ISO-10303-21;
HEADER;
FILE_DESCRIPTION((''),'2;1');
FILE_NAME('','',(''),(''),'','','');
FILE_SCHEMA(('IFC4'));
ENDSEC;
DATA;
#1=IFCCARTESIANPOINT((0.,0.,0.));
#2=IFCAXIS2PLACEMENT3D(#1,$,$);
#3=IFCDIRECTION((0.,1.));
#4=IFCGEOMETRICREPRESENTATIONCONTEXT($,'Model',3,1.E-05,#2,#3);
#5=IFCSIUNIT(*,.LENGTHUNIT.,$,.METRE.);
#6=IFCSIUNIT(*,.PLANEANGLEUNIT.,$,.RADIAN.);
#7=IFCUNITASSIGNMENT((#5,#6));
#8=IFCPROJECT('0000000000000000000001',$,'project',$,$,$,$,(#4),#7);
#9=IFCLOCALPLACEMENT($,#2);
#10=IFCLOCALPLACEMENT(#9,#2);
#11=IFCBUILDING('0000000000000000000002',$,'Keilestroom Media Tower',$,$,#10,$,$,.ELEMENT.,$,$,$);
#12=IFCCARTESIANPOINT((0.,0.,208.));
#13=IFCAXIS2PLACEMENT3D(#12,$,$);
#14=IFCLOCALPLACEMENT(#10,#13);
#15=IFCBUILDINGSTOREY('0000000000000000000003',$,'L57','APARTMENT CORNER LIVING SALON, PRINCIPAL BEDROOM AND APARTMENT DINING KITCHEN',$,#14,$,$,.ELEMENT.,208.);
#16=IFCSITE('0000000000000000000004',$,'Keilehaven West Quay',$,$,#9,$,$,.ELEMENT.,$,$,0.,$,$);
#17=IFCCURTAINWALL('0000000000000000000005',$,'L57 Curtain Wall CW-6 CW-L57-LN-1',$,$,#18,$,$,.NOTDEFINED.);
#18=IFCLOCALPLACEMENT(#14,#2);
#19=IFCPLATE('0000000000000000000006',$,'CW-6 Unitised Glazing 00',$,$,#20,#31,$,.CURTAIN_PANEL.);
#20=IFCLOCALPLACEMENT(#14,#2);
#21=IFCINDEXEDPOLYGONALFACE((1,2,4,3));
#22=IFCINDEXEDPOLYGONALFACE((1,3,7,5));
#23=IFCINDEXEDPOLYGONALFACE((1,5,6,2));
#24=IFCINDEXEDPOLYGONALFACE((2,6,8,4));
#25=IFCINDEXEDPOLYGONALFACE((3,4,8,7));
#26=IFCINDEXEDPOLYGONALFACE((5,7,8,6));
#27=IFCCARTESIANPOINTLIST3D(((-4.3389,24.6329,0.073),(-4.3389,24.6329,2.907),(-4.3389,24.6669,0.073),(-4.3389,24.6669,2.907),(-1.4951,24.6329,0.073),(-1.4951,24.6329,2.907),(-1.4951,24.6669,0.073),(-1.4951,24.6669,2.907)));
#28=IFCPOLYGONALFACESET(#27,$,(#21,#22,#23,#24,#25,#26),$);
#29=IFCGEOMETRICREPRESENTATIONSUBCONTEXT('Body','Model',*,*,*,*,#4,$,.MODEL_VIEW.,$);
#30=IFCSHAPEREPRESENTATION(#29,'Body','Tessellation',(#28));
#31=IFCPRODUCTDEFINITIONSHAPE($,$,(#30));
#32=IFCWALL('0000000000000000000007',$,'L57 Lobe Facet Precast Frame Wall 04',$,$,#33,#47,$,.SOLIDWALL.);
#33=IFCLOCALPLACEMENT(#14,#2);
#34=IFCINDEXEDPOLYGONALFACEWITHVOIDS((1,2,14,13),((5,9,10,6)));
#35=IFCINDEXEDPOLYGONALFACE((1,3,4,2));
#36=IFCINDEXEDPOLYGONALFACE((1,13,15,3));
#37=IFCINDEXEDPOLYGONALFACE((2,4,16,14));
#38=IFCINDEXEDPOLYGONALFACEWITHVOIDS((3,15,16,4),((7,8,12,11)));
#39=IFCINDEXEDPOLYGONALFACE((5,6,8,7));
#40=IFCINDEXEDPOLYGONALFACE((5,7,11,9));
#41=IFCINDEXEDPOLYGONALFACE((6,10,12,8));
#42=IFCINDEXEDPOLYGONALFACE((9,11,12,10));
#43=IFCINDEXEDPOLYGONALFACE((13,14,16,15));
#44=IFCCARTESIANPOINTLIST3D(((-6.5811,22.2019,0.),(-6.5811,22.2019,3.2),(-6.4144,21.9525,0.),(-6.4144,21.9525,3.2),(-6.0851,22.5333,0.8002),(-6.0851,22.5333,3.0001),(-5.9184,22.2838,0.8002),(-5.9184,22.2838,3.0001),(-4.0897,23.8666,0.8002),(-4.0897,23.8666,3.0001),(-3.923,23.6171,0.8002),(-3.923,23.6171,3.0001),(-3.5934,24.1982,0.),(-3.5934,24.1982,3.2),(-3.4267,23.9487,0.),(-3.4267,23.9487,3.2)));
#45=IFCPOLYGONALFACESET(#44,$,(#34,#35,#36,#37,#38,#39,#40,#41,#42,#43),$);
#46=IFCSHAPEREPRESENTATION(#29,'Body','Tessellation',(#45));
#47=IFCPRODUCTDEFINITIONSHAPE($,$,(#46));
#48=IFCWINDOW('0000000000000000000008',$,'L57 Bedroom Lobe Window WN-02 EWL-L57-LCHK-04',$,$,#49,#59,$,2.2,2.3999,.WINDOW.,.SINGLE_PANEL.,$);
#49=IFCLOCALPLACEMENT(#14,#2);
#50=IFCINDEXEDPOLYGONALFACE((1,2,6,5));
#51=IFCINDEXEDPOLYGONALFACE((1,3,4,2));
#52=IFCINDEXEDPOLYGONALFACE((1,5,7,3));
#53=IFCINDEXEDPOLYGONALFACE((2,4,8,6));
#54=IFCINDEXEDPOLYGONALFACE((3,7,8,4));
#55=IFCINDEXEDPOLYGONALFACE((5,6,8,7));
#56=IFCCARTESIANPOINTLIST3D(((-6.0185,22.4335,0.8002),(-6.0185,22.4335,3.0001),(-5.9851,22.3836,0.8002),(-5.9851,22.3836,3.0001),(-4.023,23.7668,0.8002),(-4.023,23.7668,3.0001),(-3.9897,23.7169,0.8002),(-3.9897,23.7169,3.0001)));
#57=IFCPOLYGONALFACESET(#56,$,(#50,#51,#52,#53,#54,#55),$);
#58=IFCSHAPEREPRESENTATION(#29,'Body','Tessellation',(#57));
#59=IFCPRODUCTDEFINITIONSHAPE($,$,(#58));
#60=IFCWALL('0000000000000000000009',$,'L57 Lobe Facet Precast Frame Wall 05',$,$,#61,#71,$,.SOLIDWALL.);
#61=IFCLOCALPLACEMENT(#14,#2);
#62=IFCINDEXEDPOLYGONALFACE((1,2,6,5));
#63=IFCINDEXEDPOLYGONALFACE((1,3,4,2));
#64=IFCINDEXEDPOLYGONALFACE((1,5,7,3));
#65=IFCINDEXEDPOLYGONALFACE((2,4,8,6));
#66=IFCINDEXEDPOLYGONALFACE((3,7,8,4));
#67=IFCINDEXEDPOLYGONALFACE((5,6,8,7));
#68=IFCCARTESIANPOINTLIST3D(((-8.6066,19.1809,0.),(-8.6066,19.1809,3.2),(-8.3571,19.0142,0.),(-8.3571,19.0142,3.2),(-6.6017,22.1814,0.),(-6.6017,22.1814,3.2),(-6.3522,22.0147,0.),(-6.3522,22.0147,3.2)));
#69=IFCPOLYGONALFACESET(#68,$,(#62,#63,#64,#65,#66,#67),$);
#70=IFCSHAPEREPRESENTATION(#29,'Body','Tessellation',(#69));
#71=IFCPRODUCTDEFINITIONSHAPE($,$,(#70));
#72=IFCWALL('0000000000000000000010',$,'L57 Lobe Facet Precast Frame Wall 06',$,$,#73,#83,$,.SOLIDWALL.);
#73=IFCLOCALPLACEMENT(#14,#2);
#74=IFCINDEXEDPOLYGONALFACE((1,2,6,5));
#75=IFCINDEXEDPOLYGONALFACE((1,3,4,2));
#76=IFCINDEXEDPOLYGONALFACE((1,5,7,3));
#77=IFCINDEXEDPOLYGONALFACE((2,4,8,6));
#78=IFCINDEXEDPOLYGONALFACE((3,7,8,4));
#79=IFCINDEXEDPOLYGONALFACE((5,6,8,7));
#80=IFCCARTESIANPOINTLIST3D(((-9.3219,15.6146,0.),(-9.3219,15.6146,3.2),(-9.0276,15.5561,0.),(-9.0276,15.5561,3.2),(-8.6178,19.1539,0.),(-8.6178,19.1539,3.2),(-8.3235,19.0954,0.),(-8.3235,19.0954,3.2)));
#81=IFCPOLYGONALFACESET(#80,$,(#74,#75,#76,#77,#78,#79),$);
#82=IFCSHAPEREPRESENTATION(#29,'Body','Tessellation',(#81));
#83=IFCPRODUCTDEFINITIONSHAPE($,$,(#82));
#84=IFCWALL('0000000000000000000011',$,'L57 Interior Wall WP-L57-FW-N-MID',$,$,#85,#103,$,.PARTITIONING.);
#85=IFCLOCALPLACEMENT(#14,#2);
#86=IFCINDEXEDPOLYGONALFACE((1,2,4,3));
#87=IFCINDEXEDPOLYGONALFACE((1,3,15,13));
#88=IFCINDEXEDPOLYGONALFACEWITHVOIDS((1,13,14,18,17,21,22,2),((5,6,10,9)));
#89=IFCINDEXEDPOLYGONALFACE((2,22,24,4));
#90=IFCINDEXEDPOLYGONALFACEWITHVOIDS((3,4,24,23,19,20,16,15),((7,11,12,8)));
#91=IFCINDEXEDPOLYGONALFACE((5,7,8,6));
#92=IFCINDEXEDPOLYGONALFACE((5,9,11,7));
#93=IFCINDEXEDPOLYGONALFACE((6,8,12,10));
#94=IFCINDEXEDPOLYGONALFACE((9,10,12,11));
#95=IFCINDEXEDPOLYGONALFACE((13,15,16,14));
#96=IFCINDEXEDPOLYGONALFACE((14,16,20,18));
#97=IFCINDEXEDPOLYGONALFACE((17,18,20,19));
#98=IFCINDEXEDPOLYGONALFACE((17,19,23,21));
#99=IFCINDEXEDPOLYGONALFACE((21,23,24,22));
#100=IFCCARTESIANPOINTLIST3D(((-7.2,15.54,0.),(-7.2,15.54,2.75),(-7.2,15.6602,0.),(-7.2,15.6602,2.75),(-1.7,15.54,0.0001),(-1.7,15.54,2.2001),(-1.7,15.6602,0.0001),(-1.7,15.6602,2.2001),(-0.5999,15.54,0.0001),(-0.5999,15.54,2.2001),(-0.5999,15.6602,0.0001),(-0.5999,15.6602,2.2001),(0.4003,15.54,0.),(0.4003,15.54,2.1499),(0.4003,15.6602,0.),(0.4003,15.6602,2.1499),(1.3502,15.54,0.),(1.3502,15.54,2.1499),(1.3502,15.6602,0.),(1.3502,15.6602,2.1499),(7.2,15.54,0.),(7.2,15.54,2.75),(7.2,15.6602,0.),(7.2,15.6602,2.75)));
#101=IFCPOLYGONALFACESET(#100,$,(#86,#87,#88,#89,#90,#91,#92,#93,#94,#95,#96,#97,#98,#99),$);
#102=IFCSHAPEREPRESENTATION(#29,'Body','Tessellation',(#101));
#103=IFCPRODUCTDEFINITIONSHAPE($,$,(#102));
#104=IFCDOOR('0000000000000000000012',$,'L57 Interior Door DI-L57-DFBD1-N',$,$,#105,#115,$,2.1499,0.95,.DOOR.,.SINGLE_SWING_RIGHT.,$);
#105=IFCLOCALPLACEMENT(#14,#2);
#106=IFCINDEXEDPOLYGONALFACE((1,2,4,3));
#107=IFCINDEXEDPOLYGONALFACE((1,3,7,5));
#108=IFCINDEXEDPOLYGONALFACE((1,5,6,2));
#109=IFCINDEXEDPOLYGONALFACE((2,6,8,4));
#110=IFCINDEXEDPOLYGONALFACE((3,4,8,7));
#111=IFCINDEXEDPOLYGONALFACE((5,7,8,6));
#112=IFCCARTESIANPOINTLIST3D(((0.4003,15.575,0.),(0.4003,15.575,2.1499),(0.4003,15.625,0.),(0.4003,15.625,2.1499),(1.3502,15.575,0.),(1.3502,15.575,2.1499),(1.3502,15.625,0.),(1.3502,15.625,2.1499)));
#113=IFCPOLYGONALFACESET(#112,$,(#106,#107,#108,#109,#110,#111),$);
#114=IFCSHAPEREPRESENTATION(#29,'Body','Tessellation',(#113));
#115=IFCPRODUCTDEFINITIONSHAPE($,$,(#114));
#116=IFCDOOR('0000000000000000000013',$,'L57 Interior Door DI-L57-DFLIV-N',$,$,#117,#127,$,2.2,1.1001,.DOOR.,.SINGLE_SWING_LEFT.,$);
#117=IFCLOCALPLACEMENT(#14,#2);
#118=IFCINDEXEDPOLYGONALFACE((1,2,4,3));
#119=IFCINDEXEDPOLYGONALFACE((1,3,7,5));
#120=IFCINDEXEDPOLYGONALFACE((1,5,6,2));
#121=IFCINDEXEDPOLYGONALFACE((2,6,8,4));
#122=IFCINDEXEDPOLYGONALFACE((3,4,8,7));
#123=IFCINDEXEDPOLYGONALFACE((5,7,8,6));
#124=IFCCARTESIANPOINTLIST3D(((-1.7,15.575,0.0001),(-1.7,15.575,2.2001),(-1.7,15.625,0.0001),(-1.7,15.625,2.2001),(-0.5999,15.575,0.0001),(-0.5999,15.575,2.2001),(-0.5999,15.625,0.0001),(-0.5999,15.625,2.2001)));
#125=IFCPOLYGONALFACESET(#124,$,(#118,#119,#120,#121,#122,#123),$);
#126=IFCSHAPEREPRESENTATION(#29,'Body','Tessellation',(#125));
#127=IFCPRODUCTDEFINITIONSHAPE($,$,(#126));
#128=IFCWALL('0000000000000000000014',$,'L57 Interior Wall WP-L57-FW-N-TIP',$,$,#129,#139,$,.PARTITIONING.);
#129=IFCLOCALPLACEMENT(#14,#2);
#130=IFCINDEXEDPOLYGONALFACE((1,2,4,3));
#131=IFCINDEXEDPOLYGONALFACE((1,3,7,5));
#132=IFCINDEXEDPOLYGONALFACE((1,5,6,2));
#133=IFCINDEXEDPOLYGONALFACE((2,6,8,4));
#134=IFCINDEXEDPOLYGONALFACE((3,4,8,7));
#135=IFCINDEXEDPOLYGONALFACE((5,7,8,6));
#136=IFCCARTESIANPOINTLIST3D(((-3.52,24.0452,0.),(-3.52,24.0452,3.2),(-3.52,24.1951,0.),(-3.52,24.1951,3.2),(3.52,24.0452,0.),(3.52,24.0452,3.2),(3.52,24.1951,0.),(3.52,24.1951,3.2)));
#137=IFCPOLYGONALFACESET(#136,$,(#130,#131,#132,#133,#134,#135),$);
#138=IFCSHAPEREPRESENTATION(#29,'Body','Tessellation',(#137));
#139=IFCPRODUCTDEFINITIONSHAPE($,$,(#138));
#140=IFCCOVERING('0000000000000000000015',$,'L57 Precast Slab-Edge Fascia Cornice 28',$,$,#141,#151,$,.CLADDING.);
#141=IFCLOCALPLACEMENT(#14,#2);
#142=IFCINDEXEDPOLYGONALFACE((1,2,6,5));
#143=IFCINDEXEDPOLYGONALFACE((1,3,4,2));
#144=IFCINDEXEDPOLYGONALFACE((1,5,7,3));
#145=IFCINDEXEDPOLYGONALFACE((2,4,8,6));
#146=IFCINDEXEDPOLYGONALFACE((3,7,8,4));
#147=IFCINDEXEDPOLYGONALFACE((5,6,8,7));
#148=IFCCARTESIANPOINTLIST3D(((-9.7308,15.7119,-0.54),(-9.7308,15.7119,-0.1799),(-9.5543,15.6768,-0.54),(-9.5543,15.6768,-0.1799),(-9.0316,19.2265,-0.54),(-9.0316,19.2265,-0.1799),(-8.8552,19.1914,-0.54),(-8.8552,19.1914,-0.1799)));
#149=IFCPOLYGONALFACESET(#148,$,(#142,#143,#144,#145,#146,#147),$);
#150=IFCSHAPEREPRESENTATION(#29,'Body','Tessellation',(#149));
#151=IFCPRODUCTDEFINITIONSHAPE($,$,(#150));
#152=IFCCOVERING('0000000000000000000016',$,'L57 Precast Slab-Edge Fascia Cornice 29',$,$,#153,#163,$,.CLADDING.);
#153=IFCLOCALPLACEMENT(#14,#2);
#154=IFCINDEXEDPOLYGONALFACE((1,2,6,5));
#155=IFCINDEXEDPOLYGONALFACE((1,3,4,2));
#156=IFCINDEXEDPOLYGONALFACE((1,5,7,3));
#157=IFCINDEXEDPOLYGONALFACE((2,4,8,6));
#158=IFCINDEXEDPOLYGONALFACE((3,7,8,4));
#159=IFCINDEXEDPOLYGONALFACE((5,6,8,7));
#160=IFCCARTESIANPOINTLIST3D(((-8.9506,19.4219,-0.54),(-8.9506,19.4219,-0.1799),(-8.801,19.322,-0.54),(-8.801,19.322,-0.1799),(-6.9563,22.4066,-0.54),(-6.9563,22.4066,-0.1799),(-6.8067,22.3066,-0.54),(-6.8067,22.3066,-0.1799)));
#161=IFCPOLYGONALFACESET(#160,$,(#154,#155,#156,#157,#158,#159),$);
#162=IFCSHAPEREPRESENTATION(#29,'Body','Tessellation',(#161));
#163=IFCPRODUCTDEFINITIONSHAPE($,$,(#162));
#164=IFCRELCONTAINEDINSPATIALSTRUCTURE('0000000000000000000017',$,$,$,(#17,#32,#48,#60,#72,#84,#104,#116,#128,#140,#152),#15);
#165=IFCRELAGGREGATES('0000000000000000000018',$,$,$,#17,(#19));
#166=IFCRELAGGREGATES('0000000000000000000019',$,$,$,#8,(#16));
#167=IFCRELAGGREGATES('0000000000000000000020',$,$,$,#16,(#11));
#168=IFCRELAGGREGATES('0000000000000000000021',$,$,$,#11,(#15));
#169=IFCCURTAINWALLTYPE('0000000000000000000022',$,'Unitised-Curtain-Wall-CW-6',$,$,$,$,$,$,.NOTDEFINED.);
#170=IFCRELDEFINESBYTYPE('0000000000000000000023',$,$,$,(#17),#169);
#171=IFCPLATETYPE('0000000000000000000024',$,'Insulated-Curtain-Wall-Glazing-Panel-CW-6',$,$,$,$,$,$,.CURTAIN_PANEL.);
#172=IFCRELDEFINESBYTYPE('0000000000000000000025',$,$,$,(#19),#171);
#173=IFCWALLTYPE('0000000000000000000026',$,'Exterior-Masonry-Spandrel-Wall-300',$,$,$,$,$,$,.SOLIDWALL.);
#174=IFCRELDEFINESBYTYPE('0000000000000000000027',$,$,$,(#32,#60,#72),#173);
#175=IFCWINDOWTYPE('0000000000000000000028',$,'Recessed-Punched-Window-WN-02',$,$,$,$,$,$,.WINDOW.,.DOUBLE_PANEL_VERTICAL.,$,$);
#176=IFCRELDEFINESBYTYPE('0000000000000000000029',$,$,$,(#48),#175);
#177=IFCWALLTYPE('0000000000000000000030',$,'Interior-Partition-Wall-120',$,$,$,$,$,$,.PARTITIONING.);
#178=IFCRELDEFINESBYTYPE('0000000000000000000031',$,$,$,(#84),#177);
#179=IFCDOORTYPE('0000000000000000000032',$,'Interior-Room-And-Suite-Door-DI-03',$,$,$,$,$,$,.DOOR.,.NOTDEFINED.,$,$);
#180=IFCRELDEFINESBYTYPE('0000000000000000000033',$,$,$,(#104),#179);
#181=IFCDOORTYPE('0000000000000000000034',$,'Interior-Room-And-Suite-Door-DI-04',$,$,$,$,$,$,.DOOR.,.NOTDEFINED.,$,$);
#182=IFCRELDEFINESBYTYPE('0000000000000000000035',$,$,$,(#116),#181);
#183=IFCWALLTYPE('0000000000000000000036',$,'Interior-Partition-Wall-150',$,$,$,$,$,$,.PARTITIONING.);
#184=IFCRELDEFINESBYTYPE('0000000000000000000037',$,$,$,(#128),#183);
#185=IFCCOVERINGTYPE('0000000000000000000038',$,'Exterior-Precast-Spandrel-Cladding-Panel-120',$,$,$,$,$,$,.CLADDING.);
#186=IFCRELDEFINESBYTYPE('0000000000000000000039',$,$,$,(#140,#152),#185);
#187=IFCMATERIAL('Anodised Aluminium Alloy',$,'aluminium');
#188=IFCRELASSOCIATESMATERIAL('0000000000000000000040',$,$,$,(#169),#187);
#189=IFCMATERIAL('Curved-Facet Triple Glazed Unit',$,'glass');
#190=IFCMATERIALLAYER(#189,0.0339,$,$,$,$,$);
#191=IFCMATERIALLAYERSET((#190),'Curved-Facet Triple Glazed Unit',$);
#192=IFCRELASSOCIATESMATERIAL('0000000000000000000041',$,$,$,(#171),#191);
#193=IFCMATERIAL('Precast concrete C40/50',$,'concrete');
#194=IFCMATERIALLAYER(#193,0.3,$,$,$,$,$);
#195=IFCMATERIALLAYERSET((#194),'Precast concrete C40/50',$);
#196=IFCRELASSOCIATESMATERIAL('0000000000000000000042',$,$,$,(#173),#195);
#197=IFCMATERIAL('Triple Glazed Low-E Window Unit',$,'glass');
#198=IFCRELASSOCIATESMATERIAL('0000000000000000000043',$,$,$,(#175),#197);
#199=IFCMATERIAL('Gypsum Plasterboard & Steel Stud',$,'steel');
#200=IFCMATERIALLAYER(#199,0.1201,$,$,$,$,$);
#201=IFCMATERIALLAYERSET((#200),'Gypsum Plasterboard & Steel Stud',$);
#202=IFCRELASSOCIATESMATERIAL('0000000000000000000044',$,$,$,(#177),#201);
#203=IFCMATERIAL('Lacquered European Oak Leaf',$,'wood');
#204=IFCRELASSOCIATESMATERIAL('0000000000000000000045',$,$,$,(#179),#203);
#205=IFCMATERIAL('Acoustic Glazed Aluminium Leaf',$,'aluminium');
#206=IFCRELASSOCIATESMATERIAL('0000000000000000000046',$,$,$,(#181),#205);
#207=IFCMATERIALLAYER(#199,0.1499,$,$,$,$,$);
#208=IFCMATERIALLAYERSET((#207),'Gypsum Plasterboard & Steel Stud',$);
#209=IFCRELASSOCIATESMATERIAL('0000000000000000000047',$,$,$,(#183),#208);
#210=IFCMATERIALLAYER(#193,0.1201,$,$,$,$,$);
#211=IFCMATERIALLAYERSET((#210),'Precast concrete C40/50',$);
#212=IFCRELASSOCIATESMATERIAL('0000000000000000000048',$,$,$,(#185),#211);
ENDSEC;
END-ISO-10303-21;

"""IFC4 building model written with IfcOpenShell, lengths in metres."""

from ifc_helpers import new_model, si_unit, direction, frame, frame_2d, origin, origin_2d, place, context, subcontext, project, spatial, rectangle, extrude, source, transform, mapped, material, layer, layer_set, type_object, element, fill, aggregate, save


model = new_model("IFC4")

# Units and contexts
model_context = context("Model", 3, precision=1e-05, world=origin(), true_north=direction((0.0, 1.0)))
body_context = subcontext(model_context, "Body", "Model", "MODEL_VIEW")
ifc_project = project(units=[si_unit("LENGTHUNIT", "METRE"), si_unit("PLANEANGLEUNIT", "RADIAN")], contexts=[model_context])

# Site, building, storey
site_placement = place(None, origin())
site = spatial("IfcSite", under=ifc_project, at=site_placement, Name="Keilehaven West Quay", CompositionType="ELEMENT", RefElevation=0.0)
building_placement = place(site_placement, origin())
building = spatial("IfcBuilding", under=site, at=building_placement, Name="Keilestroom Media Tower", CompositionType="ELEMENT")
storey_placement = place(building_placement, frame((0.0, 0.0, 208.0)))
storey = spatial("IfcBuildingStorey", under=building, at=storey_placement, Name="L57", Description="APARTMENT CORNER LIVING SALON, PRINCIPAL BEDROOM AND APARTMENT DINING KITCHEN", CompositionType="ELEMENT", Elevation=208.0)

# Curtain wall, plate
ifc_material_1 = material(Name="Anodised Aluminium Alloy", Category="aluminium")
curtain_wall_type = type_object("IfcCurtainWallType", Name="Unitised-Curtain-Wall-CW-6", PredefinedType="NOTDEFINED", material=ifc_material_1)
curtain_wall_placement = place(storey_placement, origin())
curtain_wall = element("IfcCurtainWall", 1, at=curtain_wall_placement, inside=storey, type_object=curtain_wall_type, Name="L57 Curtain Wall CW-6 CW-L57-LN-1", PredefinedType="NOTDEFINED")
ifc_material_2 = material(Name="Curved-Facet Triple Glazed Unit", Category="glass")
ifc_layer_1 = layer(ifc_material_2, 0.0339)
ifc_layer_set_1 = layer_set([ifc_layer_1], Name="Curved-Facet Triple Glazed Unit")
plate_type = type_object("IfcPlateType", Name="Insulated-Curtain-Wall-Glazing-Panel-CW-6", PredefinedType="CURTAIN_PANEL", material=ifc_layer_set_1)
shared_shape_1 = source(origin(), body_context, "Body", "SweptSolid", [
    extrude(rectangle(XDim=2.8438, YDim=0.0339, at=origin_2d()), origin(), (0.0, 0.0, 1.0), 2.834),
])
plate_placement = place(storey_placement, frame((-2.917, 24.6499, 0.073), z_axis=(0.0, 0.0, 1.0), x_axis=(1.0, 0.0, 0.0)))
plate = element("IfcPlate", 2, at=plate_placement, type_object=plate_type, Name="CW-6 Unitised Glazing 00", PredefinedType="CURTAIN_PANEL", context=body_context, shape_type="MappedRepresentation", body=[
    mapped(shared_shape_1, transform((0.0, 0.0, 0.0), x_axis=(1.0, 0.0, 0.0), y_axis=(0.0, 1.0, 0.0), z_axis=(0.0, 0.0, 1.0), scale=1.0)),
])
aggregate(curtain_wall, [plate])

# Wall, opening, window
ifc_material_3 = material(Name="Precast concrete C40/50", Category="concrete")
ifc_layer_2 = layer(ifc_material_3, 0.3)
ifc_layer_set_2 = layer_set([ifc_layer_2], Name="Precast concrete C40/50")
wall_type_1 = type_object("IfcWallType", Name="Exterior-Masonry-Spandrel-Wall-300", PredefinedType="SOLIDWALL", material=ifc_layer_set_2)
wall_1_placement = place(storey_placement, frame((-3.51, 24.0735, 0.0), z_axis=(0.0, 0.0, 1.0), x_axis=(-0.831475, -0.555562, 0.0)))
wall_1 = element("IfcWall", 3, at=wall_1_placement, inside=storey, type_object=wall_type_1, Name="L57 Lobe Facet Precast Frame Wall 04", PredefinedType="SOLIDWALL", context=body_context, shape_type="SweptSolid", body=[
    extrude(rectangle(XDim=3.5933, YDim=0.3, at=frame_2d((1.7966, 0.0))), origin(), (0.0, 0.0, 1.0), 3.2),
])
opening_1_placement = place(wall_1_placement, frame((0.5969, 0.0, 0.8)))
opening_1 = element("IfcOpeningElement", 4, at=opening_1_placement, cuts=wall_1, PredefinedType="OPENING", context=body_context, shape_type="SweptSolid", body=[
    extrude(rectangle(XDim=2.3999, YDim=2.2, at=frame_2d((1.2, 1.1001))), frame((0.0, 0.1602, 0.0), z_axis=(0.0, -1.0, 0.0), x_axis=(1.0, 0.0, 0.0)), (0.0, 0.0, 1.0), 0.3201),
])
ifc_material_4 = material(Name="Triple Glazed Low-E Window Unit", Category="glass")
window_type = type_object("IfcWindowType", Name="Recessed-Punched-Window-WN-02", PartitioningType="DOUBLE_PANEL_VERTICAL", PredefinedType="WINDOW", material=ifc_material_4)
shared_shape_2 = source(origin(), body_context, "Body", "SweptSolid", [
    extrude(rectangle(XDim=2.3999, YDim=2.2, at=frame_2d((1.2, 1.1001))), frame((0.0, 0.03, 0.0), z_axis=(0.0, -1.0, 0.0), x_axis=(1.0, 0.0, 0.0)), (0.0, 0.0, 1.0), 0.0601),
])
window_placement = place(opening_1_placement, origin())
window = element("IfcWindow", 5, at=window_placement, inside=storey, type_object=window_type, Name="L57 Bedroom Lobe Window WN-02 EWL-L57-LCHK-04", OverallHeight=2.2, OverallWidth=2.3999, PartitioningType="SINGLE_PANEL", PredefinedType="WINDOW", context=body_context, shape_type="MappedRepresentation", body=[
    mapped(shared_shape_2, transform((0.0, 0.0, 0.0), x_axis=(1.0, 0.0, 0.0), y_axis=(0.0, 1.0, 0.0), z_axis=(0.0, 0.0, 1.0), scale=1.0)),
])
fill(opening_1, window)

# Walls
for number, where, z_axis, x_axis, name in (
    (6, (-6.4771, 22.0979, 0.0), (0.0, 0.0, 1.0), (-0.555574, -0.831467, 0.0), "L57 Lobe Facet Precast Frame Wall 05"),
    (7, (-8.4707, 19.1245, 0.0), (0.0, 0.0, 1.0), (-0.195114, -0.980781, 0.0), "L57 Lobe Facet Precast Frame Wall 06"),
):
    element("IfcWall", number, at=place(storey_placement, frame(where, z_axis=z_axis, x_axis=x_axis)), inside=storey, type_object=wall_type_1, Name=name, PredefinedType="SOLIDWALL", context=body_context, shape_type="SweptSolid", body=[
        extrude(rectangle(XDim=3.6086, YDim=0.3, at=frame_2d((1.8042, 0.0))), origin(), (0.0, 0.0, 1.0), 3.2),
    ])

# Wall, openings, doors
ifc_material_5 = material(Name="Gypsum Plasterboard & Steel Stud", Category="steel")
ifc_layer_3 = layer(ifc_material_5, 0.1201)
ifc_layer_set_3 = layer_set([ifc_layer_3], Name="Gypsum Plasterboard & Steel Stud")
wall_type_2 = type_object("IfcWallType", Name="Interior-Partition-Wall-120", PredefinedType="PARTITIONING", material=ifc_layer_set_3)
wall_2_placement = place(storey_placement, frame((-7.2, 15.6001, 0.0), z_axis=(0.0, 0.0, 1.0), x_axis=(1.0, 0.0, 0.0)))
wall_2 = element("IfcWall", 8, at=wall_2_placement, inside=storey, type_object=wall_type_2, Name="L57 Interior Wall WP-L57-FW-N-MID", PredefinedType="PARTITIONING", context=body_context, shape_type="SweptSolid", body=[
    extrude(rectangle(XDim=14.3999, YDim=0.1201, at=frame_2d((7.2, 0.0))), origin(), (0.0, 0.0, 1.0), 2.75),
])
opening_2_placement = place(wall_2_placement, frame((5.5, 0.0, 0.0)))
opening_2 = element("IfcOpeningElement", 9, at=opening_2_placement, cuts=wall_2, PredefinedType="OPENING", context=body_context, shape_type="SweptSolid", body=[
    extrude(rectangle(XDim=1.1001, YDim=2.2, at=frame_2d((0.55, 1.1001))), frame((0.0, 0.0701, 0.0), z_axis=(0.0, -1.0, 0.0), x_axis=(1.0, 0.0, 0.0)), (0.0, 0.0, 1.0), 0.1401),
])
opening_3_placement = place(wall_2_placement, frame((7.6001, 0.0, 0.0)))
opening_3 = element("IfcOpeningElement", 10, at=opening_3_placement, cuts=wall_2, PredefinedType="OPENING", context=body_context, shape_type="SweptSolid", body=[
    extrude(rectangle(XDim=0.95, YDim=2.1499, at=frame_2d((0.4751, 1.075))), frame((0.0, 0.0701, 0.0), z_axis=(0.0, -1.0, 0.0), x_axis=(1.0, 0.0, 0.0)), (0.0, 0.0, 1.0), 0.1401),
])
ifc_material_6 = material(Name="Lacquered European Oak Leaf", Category="wood")
door_type_1 = type_object("IfcDoorType", Name="Interior-Room-And-Suite-Door-DI-03", OperationType="NOTDEFINED", PredefinedType="DOOR", material=ifc_material_6)
shared_shape_3 = source(origin(), body_context, "Body", "SweptSolid", [
    extrude(rectangle(XDim=0.95, YDim=2.1499, at=frame_2d((0.4751, 1.075))), frame((0.0, 0.0249, 0.0), z_axis=(0.0, -1.0, 0.0), x_axis=(1.0, 0.0, 0.0)), (0.0, 0.0, 1.0), 0.05),
])
door_1_placement = place(opening_3_placement, origin())
door_1 = element("IfcDoor", 11, at=door_1_placement, inside=storey, type_object=door_type_1, Name="L57 Interior Door DI-L57-DFBD1-N", OperationType="SINGLE_SWING_RIGHT", OverallHeight=2.1499, OverallWidth=0.95, PredefinedType="DOOR", context=body_context, shape_type="MappedRepresentation", body=[
    mapped(shared_shape_3, transform((0.0, 0.0, 0.0), x_axis=(1.0, 0.0, 0.0), y_axis=(0.0, 1.0, 0.0), z_axis=(0.0, 0.0, 1.0), scale=1.0)),
])
fill(opening_3, door_1)
ifc_material_7 = material(Name="Acoustic Glazed Aluminium Leaf", Category="aluminium")
door_type_2 = type_object("IfcDoorType", Name="Interior-Room-And-Suite-Door-DI-04", OperationType="NOTDEFINED", PredefinedType="DOOR", material=ifc_material_7)
shared_shape_4 = source(origin(), body_context, "Body", "SweptSolid", [
    extrude(rectangle(XDim=1.1001, YDim=2.2, at=frame_2d((0.55, 1.1001))), frame((0.0, 0.0249, 0.0), z_axis=(0.0, -1.0, 0.0), x_axis=(1.0, 0.0, 0.0)), (0.0, 0.0, 1.0), 0.05),
])
door_2_placement = place(opening_2_placement, origin())
door_2 = element("IfcDoor", 12, at=door_2_placement, inside=storey, type_object=door_type_2, Name="L57 Interior Door DI-L57-DFLIV-N", OperationType="SINGLE_SWING_LEFT", OverallHeight=2.2, OverallWidth=1.1001, PredefinedType="DOOR", context=body_context, shape_type="MappedRepresentation", body=[
    mapped(shared_shape_4, transform((0.0, 0.0, 0.0), x_axis=(1.0, 0.0, 0.0), y_axis=(0.0, 1.0, 0.0), z_axis=(0.0, 0.0, 1.0), scale=1.0)),
])
fill(opening_2, door_2)

# Wall
ifc_layer_4 = layer(ifc_material_5, 0.1499)
ifc_layer_set_4 = layer_set([ifc_layer_4], Name="Gypsum Plasterboard & Steel Stud")
wall_type_3 = type_object("IfcWallType", Name="Interior-Partition-Wall-150", PredefinedType="PARTITIONING", material=ifc_layer_set_4)
wall_3_placement = place(storey_placement, frame((-3.52, 24.1201, 0.0), z_axis=(0.0, 0.0, 1.0), x_axis=(1.0, 0.0, 0.0)))
element("IfcWall", 13, at=wall_3_placement, inside=storey, type_object=wall_type_3, Name="L57 Interior Wall WP-L57-FW-N-TIP", PredefinedType="PARTITIONING", context=body_context, shape_type="SweptSolid", body=[
    extrude(rectangle(XDim=7.04, YDim=0.1499, at=frame_2d((3.52, 0.0))), origin(), (0.0, 0.0, 1.0), 3.2),
])

# Coverings
ifc_layer_5 = layer(ifc_material_3, 0.1201)
ifc_layer_set_5 = layer_set([ifc_layer_5], Name="Precast concrete C40/50")
covering_type = type_object("IfcCoveringType", Name="Exterior-Precast-Spandrel-Cladding-Panel-120", PredefinedType="CLADDING", material=ifc_layer_set_5)
shared_shape_5 = source(origin(), body_context, "Body", "SweptSolid", [
    extrude(rectangle(XDim=3.5835, YDim=0.1799, at=origin_2d()), origin(), (0.0, 0.0, 1.0), 0.3601),
])
covering_placement = place(storey_placement, frame((-9.293, 17.4517, -0.54), z_axis=(0.0, 0.0, 1.0), x_axis=(0.195099, 0.980784, 0.0)))
element("IfcCovering", 14, at=covering_placement, inside=storey, type_object=covering_type, Name="L57 Precast Slab-Edge Fascia Cornice 28", PredefinedType="CLADDING", context=body_context, shape_type="MappedRepresentation", body=[
    mapped(shared_shape_5, transform((0.0, 0.0, 0.0), x_axis=(1.0, 0.0, 0.0), y_axis=(0.0, 1.0, 0.0), z_axis=(0.0, 0.0, 1.0), scale=1.0)),
])
shared_shape_6 = source(origin(), body_context, "Body", "SweptSolid", [
    extrude(rectangle(XDim=3.5896, YDim=0.1799, at=origin_2d()), origin(), (0.0, 0.0, 1.0), 0.3601),
])
for number, where, z_axis, x_axis, name in (
    (15, (-7.8787, 20.8643, -0.54), (0.0, 0.0, 1.0), (0.555575, 0.831467, 0.0), "L57 Precast Slab-Edge Fascia Cornice 29"),
):
    element("IfcCovering", number, at=place(storey_placement, frame(where, z_axis=z_axis, x_axis=x_axis)), inside=storey, type_object=covering_type, Name=name, PredefinedType="CLADDING", context=body_context, shape_type="MappedRepresentation", body=[
        mapped(shared_shape_6, transform((0.0, 0.0, 0.0), x_axis=(1.0, 0.0, 0.0), y_axis=(0.0, 1.0, 0.0), z_axis=(0.0, 0.0, 1.0), scale=1.0)),
    ])

save(model, "model.ifc")
